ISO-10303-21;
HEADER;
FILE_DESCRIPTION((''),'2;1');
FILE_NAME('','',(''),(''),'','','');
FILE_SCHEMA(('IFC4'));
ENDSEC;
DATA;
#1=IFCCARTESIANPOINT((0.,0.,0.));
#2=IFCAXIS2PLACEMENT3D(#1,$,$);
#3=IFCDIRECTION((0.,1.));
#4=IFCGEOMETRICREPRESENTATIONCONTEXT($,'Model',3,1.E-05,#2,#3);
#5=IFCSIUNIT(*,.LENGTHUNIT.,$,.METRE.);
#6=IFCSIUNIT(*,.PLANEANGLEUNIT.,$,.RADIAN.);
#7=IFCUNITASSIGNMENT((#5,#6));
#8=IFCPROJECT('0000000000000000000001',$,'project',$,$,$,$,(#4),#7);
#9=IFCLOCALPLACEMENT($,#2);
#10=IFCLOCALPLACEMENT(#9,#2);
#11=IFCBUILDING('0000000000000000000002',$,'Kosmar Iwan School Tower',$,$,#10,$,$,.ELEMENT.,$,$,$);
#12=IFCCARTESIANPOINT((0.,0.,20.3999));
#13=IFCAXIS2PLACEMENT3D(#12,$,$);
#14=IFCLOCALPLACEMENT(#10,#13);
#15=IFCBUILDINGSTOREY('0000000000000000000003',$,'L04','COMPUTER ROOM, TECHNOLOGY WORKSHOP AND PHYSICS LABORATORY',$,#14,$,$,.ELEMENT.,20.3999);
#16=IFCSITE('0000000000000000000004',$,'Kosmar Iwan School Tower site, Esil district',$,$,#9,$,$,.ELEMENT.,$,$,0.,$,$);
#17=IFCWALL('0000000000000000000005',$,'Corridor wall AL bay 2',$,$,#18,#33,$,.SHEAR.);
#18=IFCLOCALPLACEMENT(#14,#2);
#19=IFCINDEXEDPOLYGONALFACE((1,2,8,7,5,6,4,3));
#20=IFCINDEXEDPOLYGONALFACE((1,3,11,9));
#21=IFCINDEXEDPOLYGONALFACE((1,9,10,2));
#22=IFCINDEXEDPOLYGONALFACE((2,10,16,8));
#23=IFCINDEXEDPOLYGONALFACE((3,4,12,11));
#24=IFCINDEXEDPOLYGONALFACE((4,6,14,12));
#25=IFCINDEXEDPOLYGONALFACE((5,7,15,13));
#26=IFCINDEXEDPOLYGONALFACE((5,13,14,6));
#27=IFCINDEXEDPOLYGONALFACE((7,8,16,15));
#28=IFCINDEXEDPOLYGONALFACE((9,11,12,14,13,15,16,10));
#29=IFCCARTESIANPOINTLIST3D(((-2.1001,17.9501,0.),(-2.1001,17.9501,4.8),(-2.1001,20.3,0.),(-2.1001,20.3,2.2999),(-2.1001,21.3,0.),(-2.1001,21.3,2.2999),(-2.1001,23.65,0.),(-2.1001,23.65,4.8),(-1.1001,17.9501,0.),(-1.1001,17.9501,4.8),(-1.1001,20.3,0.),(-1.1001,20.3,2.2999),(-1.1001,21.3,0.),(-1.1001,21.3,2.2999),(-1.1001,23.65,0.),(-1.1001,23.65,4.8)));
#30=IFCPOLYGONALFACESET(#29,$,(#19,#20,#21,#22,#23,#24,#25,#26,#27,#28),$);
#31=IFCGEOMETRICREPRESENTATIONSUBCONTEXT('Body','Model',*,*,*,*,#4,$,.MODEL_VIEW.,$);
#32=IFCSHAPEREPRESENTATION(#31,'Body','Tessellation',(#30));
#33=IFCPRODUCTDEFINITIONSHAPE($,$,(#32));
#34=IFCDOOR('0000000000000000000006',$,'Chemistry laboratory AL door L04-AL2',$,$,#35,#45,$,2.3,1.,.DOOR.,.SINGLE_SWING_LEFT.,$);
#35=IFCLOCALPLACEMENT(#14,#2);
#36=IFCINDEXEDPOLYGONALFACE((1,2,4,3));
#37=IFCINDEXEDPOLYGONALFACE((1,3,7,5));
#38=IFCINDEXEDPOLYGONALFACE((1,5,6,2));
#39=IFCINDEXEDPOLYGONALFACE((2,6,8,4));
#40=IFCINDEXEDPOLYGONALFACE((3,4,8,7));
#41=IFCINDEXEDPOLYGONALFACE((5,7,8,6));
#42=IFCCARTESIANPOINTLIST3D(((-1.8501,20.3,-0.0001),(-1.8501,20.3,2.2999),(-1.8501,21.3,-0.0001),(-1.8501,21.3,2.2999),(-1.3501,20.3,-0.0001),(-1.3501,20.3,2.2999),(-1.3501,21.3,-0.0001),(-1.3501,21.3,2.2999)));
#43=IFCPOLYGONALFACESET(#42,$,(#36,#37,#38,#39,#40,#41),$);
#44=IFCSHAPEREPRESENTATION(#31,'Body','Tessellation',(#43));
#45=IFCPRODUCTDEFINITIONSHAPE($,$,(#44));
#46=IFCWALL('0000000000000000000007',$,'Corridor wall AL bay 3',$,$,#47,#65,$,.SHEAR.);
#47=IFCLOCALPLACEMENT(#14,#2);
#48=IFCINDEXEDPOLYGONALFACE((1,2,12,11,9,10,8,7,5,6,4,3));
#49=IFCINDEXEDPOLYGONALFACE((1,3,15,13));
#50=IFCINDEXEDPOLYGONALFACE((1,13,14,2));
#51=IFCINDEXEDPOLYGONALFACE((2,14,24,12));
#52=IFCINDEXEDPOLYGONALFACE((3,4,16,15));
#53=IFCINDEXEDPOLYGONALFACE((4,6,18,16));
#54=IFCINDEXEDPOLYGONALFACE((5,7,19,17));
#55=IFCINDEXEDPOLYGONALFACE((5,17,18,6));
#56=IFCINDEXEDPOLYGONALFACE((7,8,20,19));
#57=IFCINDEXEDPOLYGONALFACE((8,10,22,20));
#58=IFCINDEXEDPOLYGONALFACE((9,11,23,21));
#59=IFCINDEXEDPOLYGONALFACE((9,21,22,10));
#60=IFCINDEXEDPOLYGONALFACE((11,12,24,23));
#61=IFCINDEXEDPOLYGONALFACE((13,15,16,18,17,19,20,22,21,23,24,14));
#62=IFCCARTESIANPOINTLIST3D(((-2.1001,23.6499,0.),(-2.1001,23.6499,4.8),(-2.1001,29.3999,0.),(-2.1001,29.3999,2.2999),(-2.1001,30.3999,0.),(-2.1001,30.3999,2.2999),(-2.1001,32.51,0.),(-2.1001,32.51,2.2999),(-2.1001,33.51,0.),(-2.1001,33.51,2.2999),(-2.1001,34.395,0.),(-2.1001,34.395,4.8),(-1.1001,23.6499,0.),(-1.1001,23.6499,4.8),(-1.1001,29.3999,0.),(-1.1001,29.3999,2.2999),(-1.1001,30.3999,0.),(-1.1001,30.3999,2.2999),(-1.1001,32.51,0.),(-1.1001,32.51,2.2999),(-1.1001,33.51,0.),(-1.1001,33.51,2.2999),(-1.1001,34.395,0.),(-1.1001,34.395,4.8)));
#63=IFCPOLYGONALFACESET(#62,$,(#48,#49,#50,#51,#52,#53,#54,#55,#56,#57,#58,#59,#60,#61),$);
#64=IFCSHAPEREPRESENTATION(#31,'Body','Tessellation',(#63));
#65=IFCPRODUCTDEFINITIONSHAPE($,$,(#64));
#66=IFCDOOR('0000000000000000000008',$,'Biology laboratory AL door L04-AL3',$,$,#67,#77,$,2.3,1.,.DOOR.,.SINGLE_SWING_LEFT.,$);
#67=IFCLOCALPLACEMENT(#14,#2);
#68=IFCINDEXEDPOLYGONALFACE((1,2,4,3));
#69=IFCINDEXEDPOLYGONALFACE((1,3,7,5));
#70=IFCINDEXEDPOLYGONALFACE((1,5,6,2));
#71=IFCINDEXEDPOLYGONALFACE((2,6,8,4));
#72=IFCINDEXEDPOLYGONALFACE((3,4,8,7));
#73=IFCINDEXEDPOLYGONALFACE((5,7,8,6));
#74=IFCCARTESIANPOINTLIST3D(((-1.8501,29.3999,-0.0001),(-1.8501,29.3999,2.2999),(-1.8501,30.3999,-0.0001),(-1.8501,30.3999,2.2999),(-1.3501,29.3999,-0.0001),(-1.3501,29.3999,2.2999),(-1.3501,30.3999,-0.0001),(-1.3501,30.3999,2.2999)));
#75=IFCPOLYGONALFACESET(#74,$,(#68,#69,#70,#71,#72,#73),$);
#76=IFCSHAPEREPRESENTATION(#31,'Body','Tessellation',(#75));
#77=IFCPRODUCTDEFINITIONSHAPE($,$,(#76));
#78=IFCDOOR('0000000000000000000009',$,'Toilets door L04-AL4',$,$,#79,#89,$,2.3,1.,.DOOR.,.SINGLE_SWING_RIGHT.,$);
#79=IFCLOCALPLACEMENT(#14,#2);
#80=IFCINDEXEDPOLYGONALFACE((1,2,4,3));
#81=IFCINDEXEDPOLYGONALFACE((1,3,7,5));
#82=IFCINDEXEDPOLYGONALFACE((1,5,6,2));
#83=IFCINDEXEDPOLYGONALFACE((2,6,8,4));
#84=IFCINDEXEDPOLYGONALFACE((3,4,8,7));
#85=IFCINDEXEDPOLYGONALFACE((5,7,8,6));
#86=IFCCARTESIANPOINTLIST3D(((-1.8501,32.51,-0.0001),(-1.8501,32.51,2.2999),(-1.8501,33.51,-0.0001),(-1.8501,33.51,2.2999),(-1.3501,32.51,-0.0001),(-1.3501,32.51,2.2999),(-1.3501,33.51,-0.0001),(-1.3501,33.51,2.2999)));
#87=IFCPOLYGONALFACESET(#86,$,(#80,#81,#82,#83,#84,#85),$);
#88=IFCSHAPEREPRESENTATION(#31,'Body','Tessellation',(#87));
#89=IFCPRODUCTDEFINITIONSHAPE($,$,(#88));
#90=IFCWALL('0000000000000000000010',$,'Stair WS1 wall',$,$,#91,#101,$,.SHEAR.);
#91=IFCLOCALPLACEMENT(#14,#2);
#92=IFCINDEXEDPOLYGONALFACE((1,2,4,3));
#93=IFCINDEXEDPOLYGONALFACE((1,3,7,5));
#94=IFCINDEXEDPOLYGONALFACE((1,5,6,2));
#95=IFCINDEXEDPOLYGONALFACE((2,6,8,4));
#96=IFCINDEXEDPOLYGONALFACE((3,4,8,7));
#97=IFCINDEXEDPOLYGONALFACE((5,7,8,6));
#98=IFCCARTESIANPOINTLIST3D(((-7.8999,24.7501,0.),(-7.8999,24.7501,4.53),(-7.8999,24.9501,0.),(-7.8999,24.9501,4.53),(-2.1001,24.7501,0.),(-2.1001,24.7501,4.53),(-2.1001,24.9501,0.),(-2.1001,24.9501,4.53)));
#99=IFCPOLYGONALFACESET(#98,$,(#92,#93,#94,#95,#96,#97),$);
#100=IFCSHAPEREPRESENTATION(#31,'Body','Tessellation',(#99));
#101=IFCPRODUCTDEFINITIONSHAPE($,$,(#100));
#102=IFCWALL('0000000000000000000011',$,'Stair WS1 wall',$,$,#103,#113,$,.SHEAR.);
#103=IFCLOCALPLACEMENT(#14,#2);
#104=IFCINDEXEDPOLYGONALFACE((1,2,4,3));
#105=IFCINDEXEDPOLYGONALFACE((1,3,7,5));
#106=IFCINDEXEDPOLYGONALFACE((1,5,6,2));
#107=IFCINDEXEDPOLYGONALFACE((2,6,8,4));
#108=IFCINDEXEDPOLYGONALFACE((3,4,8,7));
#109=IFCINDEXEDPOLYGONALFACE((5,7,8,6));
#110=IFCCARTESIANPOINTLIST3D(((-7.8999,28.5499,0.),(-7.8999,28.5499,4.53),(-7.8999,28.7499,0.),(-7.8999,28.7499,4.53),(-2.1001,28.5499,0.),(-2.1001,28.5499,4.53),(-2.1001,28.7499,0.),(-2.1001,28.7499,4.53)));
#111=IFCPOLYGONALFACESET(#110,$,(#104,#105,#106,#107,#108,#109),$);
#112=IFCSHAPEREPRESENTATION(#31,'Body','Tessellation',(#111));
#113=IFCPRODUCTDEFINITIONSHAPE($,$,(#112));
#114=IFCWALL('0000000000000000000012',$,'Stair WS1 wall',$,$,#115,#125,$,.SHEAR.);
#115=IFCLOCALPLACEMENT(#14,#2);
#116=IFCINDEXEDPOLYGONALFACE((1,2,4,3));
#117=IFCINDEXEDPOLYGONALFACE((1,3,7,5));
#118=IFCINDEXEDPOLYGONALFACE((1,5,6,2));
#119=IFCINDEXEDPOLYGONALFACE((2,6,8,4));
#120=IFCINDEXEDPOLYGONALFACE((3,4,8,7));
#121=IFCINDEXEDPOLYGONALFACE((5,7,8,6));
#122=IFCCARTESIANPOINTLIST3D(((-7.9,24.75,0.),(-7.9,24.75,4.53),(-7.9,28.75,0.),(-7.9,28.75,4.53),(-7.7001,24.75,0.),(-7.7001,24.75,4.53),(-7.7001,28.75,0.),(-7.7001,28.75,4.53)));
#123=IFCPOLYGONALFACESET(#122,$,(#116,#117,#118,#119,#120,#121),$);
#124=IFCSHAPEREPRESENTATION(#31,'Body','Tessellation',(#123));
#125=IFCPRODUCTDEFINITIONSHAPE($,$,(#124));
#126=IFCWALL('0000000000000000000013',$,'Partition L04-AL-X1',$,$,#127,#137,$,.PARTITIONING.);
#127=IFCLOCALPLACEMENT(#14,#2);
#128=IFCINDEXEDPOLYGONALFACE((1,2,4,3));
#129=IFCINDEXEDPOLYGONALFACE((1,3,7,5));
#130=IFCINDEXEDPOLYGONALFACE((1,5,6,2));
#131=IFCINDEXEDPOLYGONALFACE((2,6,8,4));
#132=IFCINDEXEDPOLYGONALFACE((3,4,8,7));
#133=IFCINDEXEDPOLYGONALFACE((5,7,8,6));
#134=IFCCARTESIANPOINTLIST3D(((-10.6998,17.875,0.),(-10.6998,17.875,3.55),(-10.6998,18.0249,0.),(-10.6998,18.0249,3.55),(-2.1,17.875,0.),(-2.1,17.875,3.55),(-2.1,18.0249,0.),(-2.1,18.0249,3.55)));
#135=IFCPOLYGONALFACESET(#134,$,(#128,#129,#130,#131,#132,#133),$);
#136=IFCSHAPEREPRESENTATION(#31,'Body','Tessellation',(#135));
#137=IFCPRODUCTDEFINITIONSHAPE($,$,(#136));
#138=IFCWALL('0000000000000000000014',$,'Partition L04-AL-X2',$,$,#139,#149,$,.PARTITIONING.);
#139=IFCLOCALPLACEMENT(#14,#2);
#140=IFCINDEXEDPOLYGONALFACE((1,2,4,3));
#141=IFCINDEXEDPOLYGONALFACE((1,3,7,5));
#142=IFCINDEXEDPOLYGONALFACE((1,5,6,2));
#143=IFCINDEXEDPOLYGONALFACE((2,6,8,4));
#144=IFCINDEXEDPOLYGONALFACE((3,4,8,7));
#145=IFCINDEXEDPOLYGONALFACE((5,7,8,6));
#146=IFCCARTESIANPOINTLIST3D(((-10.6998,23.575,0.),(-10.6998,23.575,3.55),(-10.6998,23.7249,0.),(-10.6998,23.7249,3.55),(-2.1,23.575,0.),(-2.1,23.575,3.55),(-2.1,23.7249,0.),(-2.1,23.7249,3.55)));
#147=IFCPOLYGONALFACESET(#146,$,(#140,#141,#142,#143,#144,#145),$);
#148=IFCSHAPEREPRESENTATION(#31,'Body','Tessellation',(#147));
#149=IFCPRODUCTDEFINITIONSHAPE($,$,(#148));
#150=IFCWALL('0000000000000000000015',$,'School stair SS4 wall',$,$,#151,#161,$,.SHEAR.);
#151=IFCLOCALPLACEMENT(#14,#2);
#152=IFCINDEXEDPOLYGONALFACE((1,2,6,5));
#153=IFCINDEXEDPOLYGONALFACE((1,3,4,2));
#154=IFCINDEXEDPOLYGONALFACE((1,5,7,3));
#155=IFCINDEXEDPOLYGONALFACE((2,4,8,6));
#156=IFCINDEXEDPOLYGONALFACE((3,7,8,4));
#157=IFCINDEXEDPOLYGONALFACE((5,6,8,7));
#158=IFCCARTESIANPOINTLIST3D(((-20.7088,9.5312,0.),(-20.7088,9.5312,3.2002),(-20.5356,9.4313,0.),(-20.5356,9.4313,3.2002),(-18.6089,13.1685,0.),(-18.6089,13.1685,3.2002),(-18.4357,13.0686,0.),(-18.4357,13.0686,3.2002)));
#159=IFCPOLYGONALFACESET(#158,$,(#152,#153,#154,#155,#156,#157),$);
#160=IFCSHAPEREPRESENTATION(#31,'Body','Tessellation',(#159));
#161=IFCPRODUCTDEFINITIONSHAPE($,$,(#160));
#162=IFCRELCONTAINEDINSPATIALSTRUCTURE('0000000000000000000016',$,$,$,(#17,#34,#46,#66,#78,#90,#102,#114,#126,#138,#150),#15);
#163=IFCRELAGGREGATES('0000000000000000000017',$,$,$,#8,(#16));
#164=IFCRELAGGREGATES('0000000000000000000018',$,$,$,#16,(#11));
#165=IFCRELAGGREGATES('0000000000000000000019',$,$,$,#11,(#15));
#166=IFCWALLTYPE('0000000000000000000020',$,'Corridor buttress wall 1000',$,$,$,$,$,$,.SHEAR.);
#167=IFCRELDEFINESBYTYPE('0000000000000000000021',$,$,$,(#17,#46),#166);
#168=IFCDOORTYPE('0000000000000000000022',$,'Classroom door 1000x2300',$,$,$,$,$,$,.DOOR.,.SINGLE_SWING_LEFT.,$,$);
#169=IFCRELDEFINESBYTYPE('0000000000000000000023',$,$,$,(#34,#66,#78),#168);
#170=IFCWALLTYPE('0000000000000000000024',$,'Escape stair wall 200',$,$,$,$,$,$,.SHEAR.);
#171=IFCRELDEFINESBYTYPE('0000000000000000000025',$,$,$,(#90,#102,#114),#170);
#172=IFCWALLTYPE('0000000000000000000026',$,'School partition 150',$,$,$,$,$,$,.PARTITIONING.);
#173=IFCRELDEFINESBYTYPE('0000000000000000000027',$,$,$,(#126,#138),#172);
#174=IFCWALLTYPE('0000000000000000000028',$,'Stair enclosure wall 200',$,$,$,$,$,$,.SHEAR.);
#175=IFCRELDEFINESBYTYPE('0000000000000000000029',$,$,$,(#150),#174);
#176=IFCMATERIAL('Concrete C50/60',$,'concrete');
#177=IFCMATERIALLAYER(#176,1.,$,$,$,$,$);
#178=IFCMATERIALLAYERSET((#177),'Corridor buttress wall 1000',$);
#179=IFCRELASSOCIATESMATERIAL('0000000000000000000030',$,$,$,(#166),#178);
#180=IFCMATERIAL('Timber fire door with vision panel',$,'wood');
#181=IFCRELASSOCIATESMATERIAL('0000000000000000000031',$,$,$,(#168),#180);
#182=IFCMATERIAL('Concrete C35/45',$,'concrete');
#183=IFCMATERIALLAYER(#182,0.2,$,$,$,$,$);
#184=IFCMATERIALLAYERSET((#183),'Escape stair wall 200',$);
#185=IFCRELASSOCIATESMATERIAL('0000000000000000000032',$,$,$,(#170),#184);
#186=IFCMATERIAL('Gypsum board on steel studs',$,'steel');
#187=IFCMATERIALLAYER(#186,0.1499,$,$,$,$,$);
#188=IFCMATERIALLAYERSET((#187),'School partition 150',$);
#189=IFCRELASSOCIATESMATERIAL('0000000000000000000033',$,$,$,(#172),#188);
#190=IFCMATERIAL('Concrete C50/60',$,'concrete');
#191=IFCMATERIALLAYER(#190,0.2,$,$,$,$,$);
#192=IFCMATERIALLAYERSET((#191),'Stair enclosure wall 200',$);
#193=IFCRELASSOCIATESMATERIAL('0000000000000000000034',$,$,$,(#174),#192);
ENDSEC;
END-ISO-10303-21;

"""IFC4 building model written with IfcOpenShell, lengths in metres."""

from ifc_helpers import new_model, si_unit, direction, frame, frame_2d, origin, place, context, subcontext, project, spatial, rectangle, extrude, material, layer, layer_set, type_object, element, fill, save


model = new_model("IFC4")

# Units and contexts
model_context = context("Model", 3, precision=1e-05, world=origin(), true_north=direction((0.0, 1.0)))
body_context = subcontext(model_context, "Body", "Model", "MODEL_VIEW")
ifc_project = project(units=[si_unit("LENGTHUNIT", "METRE"), si_unit("PLANEANGLEUNIT", "RADIAN")], contexts=[model_context])

# Site, building, storey
site_placement = place(None, origin())
site = spatial("IfcSite", under=ifc_project, at=site_placement, Name="Kosmar Iwan School Tower site, Esil district", CompositionType="ELEMENT", RefElevation=0.0)
building_placement = place(site_placement, origin())
building = spatial("IfcBuilding", under=site, at=building_placement, Name="Kosmar Iwan School Tower", CompositionType="ELEMENT")
storey_placement = place(building_placement, frame((0.0, 0.0, 20.3999)))
storey = spatial("IfcBuildingStorey", under=building, at=storey_placement, Name="L04", Description="COMPUTER ROOM, TECHNOLOGY WORKSHOP AND PHYSICS LABORATORY", CompositionType="ELEMENT", Elevation=20.3999)

# Wall, opening, door
ifc_material_1 = material(Name="Concrete C50/60", Category="concrete")
ifc_layer_1 = layer(ifc_material_1, 1.0)
ifc_layer_set_1 = layer_set([ifc_layer_1], Name="Corridor buttress wall 1000")
wall_type_1 = type_object("IfcWallType", Name="Corridor buttress wall 1000", PredefinedType="SHEAR", material=ifc_layer_set_1)
wall_1_placement = place(storey_placement, frame((-1.6001, 17.95, 0.0), z_axis=(0.0, 0.0, 1.0), x_axis=(0.0, 1.0, 0.0)))
wall_1 = element("IfcWall", 1, at=wall_1_placement, inside=storey, type_object=wall_type_1, Name="Corridor wall AL bay 2", PredefinedType="SHEAR", context=body_context, shape_type="SweptSolid", body=[
    extrude(rectangle(XDim=5.7, YDim=1.0, at=frame_2d((2.8501, 0.0))), origin(), (0.0, 0.0, 1.0), 4.8),
])
opening_1_placement = place(wall_1_placement, frame((2.3501, 0.0, 0.0)))
opening_1 = element("IfcOpeningElement", 2, at=opening_1_placement, cuts=wall_1, PredefinedType="OPENING", context=body_context, shape_type="SweptSolid", body=[
    extrude(rectangle(XDim=1.0, YDim=2.3, at=frame_2d((0.5, 1.1499))), frame((0.0, 0.512, 0.0), z_axis=(0.0, -1.0, 0.0), x_axis=(1.0, 0.0, 0.0)), (0.0, 0.0, 1.0), 1.0239),
])
ifc_material_2 = material(Name="Timber fire door with vision panel", Category="wood")
door_type = type_object("IfcDoorType", Name="Classroom door 1000x2300", OperationType="SINGLE_SWING_LEFT", PredefinedType="DOOR", material=ifc_material_2)
door_1_placement = place(opening_1_placement, origin())
door_1 = element("IfcDoor", 3, at=door_1_placement, inside=storey, type_object=door_type, Name="Chemistry laboratory AL door L04-AL2", OperationType="SINGLE_SWING_LEFT", OverallHeight=2.3, OverallWidth=1.0, PredefinedType="DOOR", context=body_context, shape_type="SweptSolid", body=[
    extrude(rectangle(XDim=1.0, YDim=2.3, at=frame_2d((0.5, 1.1499))), frame((0.0, 0.25, 0.0), z_axis=(0.0, -1.0, 0.0), x_axis=(1.0, 0.0, 0.0)), (0.0, 0.0, 1.0), 0.5),
])
fill(opening_1, door_1)

# Wall, openings, doors
wall_2_placement = place(storey_placement, frame((-1.6001, 23.6499, 0.0), z_axis=(0.0, 0.0, 1.0), x_axis=(0.0, 1.0, 0.0)))
wall_2 = element("IfcWall", 4, at=wall_2_placement, inside=storey, type_object=wall_type_1, Name="Corridor wall AL bay 3", PredefinedType="SHEAR", context=body_context, shape_type="SweptSolid", body=[
    extrude(rectangle(XDim=10.7451, YDim=1.0, at=frame_2d((5.3726, 0.0))), origin(), (0.0, 0.0, 1.0), 4.8),
])
opening_2_placement = place(wall_2_placement, frame((5.75, 0.0, 0.0)))
opening_2 = element("IfcOpeningElement", 5, at=opening_2_placement, cuts=wall_2, PredefinedType="OPENING", context=body_context, shape_type="SweptSolid", body=[
    extrude(rectangle(XDim=1.0, YDim=2.3, at=frame_2d((0.5, 1.1499))), frame((0.0, 0.512, 0.0), z_axis=(0.0, -1.0, 0.0), x_axis=(1.0, 0.0, 0.0)), (0.0, 0.0, 1.0), 1.0239),
])
opening_3_placement = place(wall_2_placement, frame((8.8601, 0.0, 0.0)))
opening_3 = element("IfcOpeningElement", 6, at=opening_3_placement, cuts=wall_2, PredefinedType="OPENING", context=body_context, shape_type="SweptSolid", body=[
    extrude(rectangle(XDim=1.0, YDim=2.3, at=frame_2d((0.5, 1.1499))), frame((0.0, 0.512, 0.0), z_axis=(0.0, -1.0, 0.0), x_axis=(1.0, 0.0, 0.0)), (0.0, 0.0, 1.0), 1.0239),
])
door_2_placement = place(opening_2_placement, origin())
door_2 = element("IfcDoor", 7, at=door_2_placement, inside=storey, type_object=door_type, Name="Biology laboratory AL door L04-AL3", OperationType="SINGLE_SWING_LEFT", OverallHeight=2.3, OverallWidth=1.0, PredefinedType="DOOR", context=body_context, shape_type="SweptSolid", body=[
    extrude(rectangle(XDim=1.0, YDim=2.3, at=frame_2d((0.5, 1.1499))), frame((0.0, 0.25, 0.0), z_axis=(0.0, -1.0, 0.0), x_axis=(1.0, 0.0, 0.0)), (0.0, 0.0, 1.0), 0.5),
])
fill(opening_2, door_2)
door_3_placement = place(opening_3_placement, origin())
door_3 = element("IfcDoor", 8, at=door_3_placement, inside=storey, type_object=door_type, Name="Toilets door L04-AL4", OperationType="SINGLE_SWING_RIGHT", OverallHeight=2.3, OverallWidth=1.0, PredefinedType="DOOR", context=body_context, shape_type="SweptSolid", body=[
    extrude(rectangle(XDim=1.0, YDim=2.3, at=frame_2d((0.5, 1.1499))), frame((0.0, 0.25, 0.0), z_axis=(0.0, -1.0, 0.0), x_axis=(1.0, 0.0, 0.0)), (0.0, 0.0, 1.0), 0.5),
])
fill(opening_3, door_3)

# Walls
ifc_material_3 = material(Name="Concrete C35/45", Category="concrete")
ifc_layer_2 = layer(ifc_material_3, 0.2)
ifc_layer_set_2 = layer_set([ifc_layer_2], Name="Escape stair wall 200")
wall_type_2 = type_object("IfcWallType", Name="Escape stair wall 200", PredefinedType="SHEAR", material=ifc_layer_set_2)
for number, where, z_axis, x_axis, name in (
    (9, (-2.1001, 24.8501, 0.0), (0.0, 0.0, 1.0), (-1.0, 0.0, 0.0), "Stair WS1 wall"),
    (10, (-2.1001, 28.6499, 0.0), (0.0, 0.0, 1.0), (-1.0, 0.0, 0.0), "Stair WS1 wall"),
):
    element("IfcWall", number, at=place(storey_placement, frame(where, z_axis=z_axis, x_axis=x_axis)), inside=storey, type_object=wall_type_2, Name=name, PredefinedType="SHEAR", context=body_context, shape_type="SweptSolid", body=[
        extrude(rectangle(XDim=5.7998, YDim=0.2, at=frame_2d((2.8999, 0.0))), origin(), (0.0, 0.0, 1.0), 4.53),
    ])
wall_3_placement = place(storey_placement, frame((-7.8, 24.75, 0.0), z_axis=(0.0, 0.0, 1.0), x_axis=(0.0, 1.0, 0.0)))
element("IfcWall", 11, at=wall_3_placement, inside=storey, type_object=wall_type_2, Name="Stair WS1 wall", PredefinedType="SHEAR", context=body_context, shape_type="SweptSolid", body=[
    extrude(rectangle(XDim=4.0, YDim=0.2, at=frame_2d((2.0, 0.0))), origin(), (0.0, 0.0, 1.0), 4.53),
])
ifc_material_4 = material(Name="Gypsum board on steel studs", Category="steel")
ifc_layer_3 = layer(ifc_material_4, 0.1499)
ifc_layer_set_3 = layer_set([ifc_layer_3], Name="School partition 150")
wall_type_3 = type_object("IfcWallType", Name="School partition 150", PredefinedType="PARTITIONING", material=ifc_layer_set_3)
for number, where, z_axis, x_axis, name in (
    (12, (-2.1001, 17.95, 0.0), (0.0, 0.0, 1.0), (-1.0, 0.0, 0.0), "Partition L04-AL-X1"),
    (13, (-2.1001, 23.6499, 0.0), (0.0, 0.0, 1.0), (-1.0, 0.0, 0.0), "Partition L04-AL-X2"),
):
    element("IfcWall", number, at=place(storey_placement, frame(where, z_axis=z_axis, x_axis=x_axis)), inside=storey, type_object=wall_type_3, Name=name, PredefinedType="PARTITIONING", context=body_context, shape_type="SweptSolid", body=[
        extrude(rectangle(XDim=8.5999, YDim=0.1499, at=frame_2d((4.2998, 0.0))), origin(), (0.0, 0.0, 1.0), 3.55),
    ])
ifc_material_5 = material(Name="Concrete C50/60", Category="concrete")
ifc_layer_4 = layer(ifc_material_5, 0.2)
ifc_layer_set_4 = layer_set([ifc_layer_4], Name="Stair enclosure wall 200")
wall_type_4 = type_object("IfcWallType", Name="Stair enclosure wall 200", PredefinedType="SHEAR", material=ifc_layer_set_4)
wall_4_placement = place(storey_placement, frame((-18.5222, 13.1187, 0.0), z_axis=(0.0, 0.0, 1.0), x_axis=(-0.499984, -0.866035, 0.0)))
element("IfcWall", 14, at=wall_4_placement, inside=storey, type_object=wall_type_4, Name="School stair SS4 wall", PredefinedType="SHEAR", context=body_context, shape_type="SweptSolid", body=[
    extrude(rectangle(XDim=4.2, YDim=0.2, at=frame_2d((2.1001, 0.0))), origin(), (0.0, 0.0, 1.0), 3.2002),
])

save(model, "model.ifc")
